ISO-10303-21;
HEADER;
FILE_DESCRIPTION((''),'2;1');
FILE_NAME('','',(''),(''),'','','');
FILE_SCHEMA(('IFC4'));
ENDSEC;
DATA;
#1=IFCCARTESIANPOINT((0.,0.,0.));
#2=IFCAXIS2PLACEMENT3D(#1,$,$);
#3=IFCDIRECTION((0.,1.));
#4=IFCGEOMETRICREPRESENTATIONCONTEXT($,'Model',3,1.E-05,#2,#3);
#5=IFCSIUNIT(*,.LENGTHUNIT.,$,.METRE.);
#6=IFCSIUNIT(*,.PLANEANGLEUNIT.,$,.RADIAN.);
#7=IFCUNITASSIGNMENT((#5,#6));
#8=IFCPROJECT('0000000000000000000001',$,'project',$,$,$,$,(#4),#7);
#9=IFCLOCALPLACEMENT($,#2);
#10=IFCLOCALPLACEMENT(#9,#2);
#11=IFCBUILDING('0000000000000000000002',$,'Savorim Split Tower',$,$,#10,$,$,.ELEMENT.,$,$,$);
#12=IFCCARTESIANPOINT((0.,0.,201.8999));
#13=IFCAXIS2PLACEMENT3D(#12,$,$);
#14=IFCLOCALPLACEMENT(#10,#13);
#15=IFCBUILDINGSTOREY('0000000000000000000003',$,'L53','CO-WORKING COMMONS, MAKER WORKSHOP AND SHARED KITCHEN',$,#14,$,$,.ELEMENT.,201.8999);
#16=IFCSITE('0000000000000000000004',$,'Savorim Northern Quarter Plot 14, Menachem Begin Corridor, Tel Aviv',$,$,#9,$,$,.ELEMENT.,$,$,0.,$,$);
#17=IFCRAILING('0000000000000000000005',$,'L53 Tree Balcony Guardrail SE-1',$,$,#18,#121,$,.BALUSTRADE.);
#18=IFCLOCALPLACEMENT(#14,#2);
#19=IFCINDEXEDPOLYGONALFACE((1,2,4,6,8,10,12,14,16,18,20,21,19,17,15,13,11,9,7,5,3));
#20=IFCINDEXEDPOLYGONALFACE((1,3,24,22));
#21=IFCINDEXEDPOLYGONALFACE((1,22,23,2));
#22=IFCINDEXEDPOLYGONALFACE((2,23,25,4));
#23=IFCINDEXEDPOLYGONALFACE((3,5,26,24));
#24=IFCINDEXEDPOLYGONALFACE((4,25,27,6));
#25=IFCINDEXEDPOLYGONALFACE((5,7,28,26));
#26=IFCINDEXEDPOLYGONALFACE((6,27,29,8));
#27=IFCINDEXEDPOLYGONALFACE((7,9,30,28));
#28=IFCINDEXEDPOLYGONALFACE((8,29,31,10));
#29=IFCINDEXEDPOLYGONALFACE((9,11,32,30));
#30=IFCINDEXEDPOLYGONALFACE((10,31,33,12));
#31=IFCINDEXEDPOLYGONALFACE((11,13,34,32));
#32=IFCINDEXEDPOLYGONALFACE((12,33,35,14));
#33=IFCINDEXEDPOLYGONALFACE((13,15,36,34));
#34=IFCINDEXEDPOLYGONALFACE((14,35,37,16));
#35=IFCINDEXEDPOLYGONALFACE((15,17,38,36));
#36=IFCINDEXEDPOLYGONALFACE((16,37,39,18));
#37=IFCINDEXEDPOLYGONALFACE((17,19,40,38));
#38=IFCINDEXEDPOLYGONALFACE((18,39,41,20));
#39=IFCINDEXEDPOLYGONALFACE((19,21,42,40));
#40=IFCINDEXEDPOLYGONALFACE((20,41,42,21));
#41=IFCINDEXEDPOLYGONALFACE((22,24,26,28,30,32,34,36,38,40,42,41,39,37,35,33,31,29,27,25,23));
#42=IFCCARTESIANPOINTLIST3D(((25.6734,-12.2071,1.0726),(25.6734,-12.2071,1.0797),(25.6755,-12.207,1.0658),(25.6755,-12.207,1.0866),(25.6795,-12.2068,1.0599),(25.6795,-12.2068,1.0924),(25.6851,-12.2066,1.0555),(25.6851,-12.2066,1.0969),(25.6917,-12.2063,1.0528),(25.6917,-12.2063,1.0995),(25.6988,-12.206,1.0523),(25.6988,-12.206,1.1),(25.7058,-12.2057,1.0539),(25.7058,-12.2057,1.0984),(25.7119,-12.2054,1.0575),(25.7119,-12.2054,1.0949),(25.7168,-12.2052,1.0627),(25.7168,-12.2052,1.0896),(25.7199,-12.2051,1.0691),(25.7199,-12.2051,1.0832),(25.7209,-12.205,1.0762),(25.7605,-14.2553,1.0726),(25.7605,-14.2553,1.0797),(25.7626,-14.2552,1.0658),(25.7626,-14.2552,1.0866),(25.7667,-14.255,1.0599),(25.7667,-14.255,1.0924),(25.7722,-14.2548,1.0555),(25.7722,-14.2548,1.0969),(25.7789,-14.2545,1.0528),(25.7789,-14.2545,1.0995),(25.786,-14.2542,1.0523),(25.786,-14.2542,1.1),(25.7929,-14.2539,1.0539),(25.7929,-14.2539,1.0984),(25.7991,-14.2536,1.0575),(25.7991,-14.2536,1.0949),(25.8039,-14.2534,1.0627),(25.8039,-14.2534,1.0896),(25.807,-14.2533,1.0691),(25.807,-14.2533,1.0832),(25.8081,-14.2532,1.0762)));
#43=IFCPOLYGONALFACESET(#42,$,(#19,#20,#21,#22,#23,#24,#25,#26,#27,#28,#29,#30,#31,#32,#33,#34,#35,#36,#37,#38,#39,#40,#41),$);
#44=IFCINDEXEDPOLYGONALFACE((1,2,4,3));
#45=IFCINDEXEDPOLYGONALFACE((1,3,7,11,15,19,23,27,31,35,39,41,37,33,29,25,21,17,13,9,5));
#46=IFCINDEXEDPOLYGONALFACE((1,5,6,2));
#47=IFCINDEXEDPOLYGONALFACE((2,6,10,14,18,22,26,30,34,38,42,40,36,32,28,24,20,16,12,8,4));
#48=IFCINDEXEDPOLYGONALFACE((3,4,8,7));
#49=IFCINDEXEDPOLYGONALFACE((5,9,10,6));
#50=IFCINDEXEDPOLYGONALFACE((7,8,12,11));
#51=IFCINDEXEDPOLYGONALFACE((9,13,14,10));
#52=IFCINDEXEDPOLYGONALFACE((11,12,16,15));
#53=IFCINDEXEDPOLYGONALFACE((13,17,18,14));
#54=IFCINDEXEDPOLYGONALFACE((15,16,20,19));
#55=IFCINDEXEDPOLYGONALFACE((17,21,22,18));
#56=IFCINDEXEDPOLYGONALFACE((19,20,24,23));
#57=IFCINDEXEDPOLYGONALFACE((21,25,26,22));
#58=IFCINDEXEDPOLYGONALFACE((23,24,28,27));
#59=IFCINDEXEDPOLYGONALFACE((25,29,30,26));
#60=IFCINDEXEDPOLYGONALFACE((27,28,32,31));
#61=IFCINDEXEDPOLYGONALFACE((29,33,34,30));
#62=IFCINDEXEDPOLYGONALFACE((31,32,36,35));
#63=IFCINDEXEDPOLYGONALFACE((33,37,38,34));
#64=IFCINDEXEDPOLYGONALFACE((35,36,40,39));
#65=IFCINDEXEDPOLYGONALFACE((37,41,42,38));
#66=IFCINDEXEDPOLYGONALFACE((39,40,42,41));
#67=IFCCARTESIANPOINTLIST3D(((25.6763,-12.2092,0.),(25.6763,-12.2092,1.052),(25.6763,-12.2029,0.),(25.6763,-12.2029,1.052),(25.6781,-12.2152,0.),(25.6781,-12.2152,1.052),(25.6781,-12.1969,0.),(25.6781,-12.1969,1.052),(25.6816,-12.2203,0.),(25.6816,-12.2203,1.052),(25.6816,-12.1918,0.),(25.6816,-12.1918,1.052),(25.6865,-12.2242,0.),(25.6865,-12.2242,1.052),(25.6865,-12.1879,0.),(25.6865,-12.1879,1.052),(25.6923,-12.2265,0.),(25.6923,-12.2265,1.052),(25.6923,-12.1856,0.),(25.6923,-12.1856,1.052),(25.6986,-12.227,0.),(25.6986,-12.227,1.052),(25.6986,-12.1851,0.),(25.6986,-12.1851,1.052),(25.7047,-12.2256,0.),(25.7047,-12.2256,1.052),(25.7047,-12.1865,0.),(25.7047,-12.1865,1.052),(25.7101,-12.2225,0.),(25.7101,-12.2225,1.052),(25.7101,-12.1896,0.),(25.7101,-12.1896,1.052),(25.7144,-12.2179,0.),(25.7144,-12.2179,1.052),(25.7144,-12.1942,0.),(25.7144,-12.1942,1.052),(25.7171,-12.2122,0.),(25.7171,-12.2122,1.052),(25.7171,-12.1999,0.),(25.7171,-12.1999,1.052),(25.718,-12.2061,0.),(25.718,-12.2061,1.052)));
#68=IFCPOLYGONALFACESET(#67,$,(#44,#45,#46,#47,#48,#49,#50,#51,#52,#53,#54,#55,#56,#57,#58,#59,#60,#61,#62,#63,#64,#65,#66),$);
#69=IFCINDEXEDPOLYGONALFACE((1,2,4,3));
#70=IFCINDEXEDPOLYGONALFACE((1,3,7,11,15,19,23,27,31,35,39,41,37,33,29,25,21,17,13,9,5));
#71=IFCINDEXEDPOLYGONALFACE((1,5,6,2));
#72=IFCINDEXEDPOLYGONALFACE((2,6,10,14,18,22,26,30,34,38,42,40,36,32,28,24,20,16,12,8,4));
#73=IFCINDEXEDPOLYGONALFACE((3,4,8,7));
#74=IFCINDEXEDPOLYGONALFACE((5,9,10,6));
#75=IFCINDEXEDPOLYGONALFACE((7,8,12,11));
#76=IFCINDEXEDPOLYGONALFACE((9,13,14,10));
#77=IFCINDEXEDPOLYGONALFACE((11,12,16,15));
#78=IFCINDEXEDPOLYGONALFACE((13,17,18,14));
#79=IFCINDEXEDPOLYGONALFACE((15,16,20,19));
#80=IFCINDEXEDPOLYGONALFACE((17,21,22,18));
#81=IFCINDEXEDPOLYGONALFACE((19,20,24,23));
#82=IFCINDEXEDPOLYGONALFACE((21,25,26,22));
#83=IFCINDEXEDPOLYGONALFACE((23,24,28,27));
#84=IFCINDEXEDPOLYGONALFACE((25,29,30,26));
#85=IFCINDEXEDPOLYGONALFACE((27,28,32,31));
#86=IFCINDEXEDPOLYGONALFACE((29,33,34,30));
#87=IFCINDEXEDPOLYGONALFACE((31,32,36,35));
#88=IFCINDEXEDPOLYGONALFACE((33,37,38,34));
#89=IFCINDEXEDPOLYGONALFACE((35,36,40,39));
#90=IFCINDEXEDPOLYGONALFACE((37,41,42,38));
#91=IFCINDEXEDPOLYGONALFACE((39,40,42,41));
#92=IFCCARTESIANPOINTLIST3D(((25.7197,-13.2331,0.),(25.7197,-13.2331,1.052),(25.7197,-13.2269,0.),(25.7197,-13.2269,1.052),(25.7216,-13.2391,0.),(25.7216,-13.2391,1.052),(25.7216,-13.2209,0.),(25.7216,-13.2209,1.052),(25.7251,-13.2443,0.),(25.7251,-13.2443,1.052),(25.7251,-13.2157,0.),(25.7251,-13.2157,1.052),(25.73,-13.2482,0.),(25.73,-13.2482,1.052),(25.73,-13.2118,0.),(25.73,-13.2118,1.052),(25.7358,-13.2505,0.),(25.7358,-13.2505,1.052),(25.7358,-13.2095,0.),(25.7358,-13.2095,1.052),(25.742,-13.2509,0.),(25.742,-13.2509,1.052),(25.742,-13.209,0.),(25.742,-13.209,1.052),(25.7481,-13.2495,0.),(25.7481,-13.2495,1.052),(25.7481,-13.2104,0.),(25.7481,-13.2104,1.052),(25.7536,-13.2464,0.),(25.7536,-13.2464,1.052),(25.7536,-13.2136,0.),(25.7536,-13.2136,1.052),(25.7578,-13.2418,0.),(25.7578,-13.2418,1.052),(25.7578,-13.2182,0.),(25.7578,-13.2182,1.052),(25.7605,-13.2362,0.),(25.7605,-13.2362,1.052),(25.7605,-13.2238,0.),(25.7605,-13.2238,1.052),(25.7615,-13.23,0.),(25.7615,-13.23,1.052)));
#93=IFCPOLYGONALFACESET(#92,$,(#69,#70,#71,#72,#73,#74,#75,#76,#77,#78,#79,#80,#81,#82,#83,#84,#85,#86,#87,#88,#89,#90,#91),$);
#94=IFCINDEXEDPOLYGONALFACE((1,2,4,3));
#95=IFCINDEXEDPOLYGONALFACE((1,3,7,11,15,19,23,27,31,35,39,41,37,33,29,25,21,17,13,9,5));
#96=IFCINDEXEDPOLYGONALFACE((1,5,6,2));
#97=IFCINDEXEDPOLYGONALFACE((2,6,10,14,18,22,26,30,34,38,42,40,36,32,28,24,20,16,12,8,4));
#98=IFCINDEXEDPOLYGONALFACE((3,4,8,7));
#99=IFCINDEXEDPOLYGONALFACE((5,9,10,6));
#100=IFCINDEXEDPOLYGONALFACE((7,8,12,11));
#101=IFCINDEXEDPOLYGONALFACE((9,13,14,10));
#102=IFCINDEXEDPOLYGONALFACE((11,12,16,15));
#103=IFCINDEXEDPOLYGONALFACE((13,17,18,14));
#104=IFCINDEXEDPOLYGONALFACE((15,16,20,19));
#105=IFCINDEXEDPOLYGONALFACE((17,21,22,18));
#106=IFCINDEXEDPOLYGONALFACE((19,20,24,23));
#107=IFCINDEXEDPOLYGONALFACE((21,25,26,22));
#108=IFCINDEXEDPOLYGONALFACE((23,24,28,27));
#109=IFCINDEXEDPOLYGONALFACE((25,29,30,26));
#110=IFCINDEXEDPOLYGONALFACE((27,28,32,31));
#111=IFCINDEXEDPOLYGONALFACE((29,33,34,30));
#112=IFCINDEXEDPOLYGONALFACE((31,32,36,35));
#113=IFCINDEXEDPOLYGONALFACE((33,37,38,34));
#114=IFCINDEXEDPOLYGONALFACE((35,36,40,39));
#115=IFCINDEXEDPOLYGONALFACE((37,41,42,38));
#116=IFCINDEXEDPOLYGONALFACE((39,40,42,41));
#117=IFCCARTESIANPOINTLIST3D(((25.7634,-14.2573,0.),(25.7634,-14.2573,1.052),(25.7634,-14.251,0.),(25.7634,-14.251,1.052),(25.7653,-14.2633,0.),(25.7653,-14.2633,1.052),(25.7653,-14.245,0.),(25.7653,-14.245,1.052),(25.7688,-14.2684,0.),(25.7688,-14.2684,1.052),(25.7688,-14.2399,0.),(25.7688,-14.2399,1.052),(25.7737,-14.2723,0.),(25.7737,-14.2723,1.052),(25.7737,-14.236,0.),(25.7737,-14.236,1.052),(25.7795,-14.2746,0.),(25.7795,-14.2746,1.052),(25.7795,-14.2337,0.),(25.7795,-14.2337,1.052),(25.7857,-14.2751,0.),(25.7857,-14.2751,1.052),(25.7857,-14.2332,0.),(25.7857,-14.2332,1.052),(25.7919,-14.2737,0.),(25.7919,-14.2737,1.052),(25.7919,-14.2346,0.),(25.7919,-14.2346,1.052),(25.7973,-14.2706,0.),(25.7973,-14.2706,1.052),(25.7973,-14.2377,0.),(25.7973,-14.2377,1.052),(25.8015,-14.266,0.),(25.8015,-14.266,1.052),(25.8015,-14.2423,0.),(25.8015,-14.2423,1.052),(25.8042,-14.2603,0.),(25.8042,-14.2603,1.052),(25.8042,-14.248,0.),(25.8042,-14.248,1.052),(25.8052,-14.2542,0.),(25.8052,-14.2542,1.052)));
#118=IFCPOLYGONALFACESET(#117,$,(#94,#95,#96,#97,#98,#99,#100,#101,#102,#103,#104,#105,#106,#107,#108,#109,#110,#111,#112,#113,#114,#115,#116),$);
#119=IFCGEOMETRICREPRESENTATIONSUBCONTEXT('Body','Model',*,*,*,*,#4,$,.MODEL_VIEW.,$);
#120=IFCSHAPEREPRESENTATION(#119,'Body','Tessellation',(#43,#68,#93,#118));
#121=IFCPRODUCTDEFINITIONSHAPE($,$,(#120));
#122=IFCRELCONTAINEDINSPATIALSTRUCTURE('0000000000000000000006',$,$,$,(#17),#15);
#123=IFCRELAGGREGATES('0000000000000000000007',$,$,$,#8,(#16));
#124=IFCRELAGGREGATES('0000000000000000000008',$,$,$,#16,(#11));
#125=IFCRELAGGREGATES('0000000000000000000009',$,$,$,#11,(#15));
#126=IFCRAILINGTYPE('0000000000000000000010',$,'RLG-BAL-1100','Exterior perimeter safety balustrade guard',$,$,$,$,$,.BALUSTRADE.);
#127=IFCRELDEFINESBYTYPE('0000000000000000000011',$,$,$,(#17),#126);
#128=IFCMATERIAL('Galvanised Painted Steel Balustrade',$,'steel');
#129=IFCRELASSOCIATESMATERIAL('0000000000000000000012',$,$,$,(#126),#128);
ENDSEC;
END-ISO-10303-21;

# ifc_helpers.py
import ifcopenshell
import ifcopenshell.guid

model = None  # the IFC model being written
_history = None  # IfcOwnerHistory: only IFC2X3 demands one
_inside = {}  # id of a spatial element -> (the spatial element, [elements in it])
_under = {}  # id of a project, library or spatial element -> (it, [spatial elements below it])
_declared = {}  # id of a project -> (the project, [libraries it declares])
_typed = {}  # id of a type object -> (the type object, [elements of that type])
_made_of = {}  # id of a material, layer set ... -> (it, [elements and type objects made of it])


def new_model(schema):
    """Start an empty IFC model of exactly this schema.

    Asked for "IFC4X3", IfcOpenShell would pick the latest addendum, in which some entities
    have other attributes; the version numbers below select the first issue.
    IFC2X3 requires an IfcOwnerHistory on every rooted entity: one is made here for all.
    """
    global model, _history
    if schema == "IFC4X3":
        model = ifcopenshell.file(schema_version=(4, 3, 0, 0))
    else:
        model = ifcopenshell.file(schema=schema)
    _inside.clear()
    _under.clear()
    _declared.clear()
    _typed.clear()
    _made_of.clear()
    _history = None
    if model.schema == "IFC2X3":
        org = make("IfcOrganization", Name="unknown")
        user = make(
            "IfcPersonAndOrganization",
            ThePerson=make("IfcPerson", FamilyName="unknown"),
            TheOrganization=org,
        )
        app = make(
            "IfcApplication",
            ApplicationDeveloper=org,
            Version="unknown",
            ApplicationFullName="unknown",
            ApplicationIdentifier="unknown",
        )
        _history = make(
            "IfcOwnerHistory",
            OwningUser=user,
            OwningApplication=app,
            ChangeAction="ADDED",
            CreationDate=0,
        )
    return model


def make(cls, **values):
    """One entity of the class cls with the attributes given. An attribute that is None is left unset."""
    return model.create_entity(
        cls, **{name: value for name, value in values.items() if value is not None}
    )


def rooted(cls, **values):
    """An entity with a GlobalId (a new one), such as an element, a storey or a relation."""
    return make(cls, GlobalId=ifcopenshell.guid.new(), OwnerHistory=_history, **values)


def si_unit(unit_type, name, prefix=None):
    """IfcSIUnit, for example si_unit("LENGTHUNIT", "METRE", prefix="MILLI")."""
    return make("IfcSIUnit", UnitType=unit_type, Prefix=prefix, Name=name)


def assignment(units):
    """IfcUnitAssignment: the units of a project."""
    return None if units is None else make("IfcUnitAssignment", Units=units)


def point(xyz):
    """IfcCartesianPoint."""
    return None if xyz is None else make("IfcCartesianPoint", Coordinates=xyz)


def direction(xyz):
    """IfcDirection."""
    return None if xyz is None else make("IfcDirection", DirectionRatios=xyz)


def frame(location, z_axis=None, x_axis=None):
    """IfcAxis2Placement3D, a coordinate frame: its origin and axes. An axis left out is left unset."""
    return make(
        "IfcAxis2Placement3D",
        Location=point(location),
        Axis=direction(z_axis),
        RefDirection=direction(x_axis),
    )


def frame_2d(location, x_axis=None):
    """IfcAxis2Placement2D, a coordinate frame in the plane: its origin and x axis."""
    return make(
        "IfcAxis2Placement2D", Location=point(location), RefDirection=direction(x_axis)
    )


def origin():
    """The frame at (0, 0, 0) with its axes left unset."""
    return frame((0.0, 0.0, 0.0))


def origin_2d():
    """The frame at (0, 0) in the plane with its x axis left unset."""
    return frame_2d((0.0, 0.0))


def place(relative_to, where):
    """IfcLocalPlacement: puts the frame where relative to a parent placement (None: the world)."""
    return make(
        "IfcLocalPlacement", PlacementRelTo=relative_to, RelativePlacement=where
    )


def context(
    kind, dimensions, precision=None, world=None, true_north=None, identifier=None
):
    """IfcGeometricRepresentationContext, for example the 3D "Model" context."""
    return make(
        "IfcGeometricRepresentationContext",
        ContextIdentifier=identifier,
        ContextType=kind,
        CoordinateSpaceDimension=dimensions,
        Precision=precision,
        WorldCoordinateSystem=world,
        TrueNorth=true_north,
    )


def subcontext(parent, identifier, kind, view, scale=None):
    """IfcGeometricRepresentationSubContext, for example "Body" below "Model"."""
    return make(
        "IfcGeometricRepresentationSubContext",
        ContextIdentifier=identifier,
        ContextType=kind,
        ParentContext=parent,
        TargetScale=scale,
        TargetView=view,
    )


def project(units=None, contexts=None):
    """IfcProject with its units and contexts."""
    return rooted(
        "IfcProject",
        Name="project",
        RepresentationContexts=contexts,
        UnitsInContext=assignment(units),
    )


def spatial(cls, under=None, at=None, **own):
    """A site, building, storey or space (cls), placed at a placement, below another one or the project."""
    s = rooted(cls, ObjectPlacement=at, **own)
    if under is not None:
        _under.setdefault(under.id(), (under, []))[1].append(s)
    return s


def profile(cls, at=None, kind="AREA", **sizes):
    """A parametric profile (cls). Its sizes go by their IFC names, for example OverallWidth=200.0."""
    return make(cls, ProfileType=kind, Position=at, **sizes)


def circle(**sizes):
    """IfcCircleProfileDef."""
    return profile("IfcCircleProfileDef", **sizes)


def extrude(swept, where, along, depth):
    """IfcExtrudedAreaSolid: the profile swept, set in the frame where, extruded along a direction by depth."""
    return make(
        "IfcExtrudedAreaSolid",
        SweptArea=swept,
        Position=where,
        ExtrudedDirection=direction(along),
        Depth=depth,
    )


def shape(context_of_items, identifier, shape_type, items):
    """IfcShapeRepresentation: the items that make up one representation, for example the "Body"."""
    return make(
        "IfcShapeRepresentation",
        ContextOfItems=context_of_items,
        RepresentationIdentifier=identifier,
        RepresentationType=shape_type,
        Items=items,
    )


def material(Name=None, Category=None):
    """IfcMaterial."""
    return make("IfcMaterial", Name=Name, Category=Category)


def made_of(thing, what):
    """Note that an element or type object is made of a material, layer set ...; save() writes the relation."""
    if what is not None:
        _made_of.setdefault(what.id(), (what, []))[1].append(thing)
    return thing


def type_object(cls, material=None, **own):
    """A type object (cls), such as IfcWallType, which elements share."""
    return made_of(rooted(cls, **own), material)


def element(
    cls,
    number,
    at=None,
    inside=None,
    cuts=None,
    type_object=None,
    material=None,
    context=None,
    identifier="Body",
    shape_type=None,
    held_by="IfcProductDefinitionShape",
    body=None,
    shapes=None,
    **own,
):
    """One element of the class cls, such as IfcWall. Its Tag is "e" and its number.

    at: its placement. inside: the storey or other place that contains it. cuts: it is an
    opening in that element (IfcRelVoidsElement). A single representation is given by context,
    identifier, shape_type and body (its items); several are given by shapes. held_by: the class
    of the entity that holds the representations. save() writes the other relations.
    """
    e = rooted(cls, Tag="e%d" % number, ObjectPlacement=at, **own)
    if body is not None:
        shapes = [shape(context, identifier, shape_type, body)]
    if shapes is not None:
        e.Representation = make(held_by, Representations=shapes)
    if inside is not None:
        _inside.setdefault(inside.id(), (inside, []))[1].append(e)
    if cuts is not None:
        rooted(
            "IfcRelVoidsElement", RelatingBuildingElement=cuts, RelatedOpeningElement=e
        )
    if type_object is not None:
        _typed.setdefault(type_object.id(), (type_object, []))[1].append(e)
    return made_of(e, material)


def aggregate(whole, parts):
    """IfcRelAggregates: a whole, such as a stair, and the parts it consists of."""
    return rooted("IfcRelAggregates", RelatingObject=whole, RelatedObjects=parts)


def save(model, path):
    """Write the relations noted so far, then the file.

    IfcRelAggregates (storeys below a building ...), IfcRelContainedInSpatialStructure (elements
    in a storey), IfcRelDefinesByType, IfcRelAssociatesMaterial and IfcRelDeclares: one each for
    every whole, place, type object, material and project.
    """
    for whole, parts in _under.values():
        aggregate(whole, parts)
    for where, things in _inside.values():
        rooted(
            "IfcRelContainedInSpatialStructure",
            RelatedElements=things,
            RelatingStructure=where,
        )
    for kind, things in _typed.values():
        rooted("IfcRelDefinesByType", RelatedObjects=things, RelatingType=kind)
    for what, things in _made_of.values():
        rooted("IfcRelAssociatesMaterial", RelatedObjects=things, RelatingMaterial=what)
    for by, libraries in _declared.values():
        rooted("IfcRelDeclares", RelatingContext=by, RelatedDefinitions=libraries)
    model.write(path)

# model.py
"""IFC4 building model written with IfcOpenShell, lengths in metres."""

from ifc_helpers import new_model, si_unit, direction, frame, origin, origin_2d, place, context, subcontext, project, spatial, circle, extrude, material, type_object, element, save


model = new_model("IFC4")

# Units and contexts
model_context = context("Model", 3, precision=1e-05, world=origin(), true_north=direction((0.0, 1.0)))
body_context = subcontext(model_context, "Body", "Model", "MODEL_VIEW")
ifc_project = project(units=[si_unit("LENGTHUNIT", "METRE"), si_unit("PLANEANGLEUNIT", "RADIAN")], contexts=[model_context])

# Site, building, storey
site_placement = place(None, origin())
site = spatial("IfcSite", under=ifc_project, at=site_placement, Name="Savorim Northern Quarter Plot 14, Menachem Begin Corridor, Tel Aviv", CompositionType="ELEMENT", RefElevation=0.0)
building_placement = place(site_placement, origin())
building = spatial("IfcBuilding", under=site, at=building_placement, Name="Savorim Split Tower", CompositionType="ELEMENT")
storey_placement = place(building_placement, frame((0.0, 0.0, 201.8999)))
storey = spatial("IfcBuildingStorey", under=building, at=storey_placement, Name="L53", Description="CO-WORKING COMMONS, MAKER WORKSHOP AND SHARED KITCHEN", CompositionType="ELEMENT", Elevation=201.8999)

# Railing
ifc_material_1 = material(Name="Galvanised Painted Steel Balustrade", Category="steel")
railing_type = type_object("IfcRailingType", Name="RLG-BAL-1100", Description="Exterior perimeter safety balustrade guard", PredefinedType="BALUSTRADE", material=ifc_material_1)
railing_placement = place(storey_placement, frame((25.697, -12.2061, 0.0)))
element("IfcRailing", 1, at=railing_placement, inside=storey, type_object=railing_type, Name="L53 Tree Balcony Guardrail SE-1", PredefinedType="BALUSTRADE", context=body_context, shape_type="SweptSolid", body=[
    extrude(circle(Radius=0.0239, at=origin_2d()), frame((0.0, 0.0, 1.0762), z_axis=(0.042517, -0.999096, 0.0), x_axis=(0.999096, 0.042517, 0.0)), (0.0, 0.0, 1.0), 2.05),
    extrude(circle(Radius=0.021, at=origin_2d()), origin(), (0.0, 0.0, 1.0), 1.052),
    extrude(circle(Radius=0.021, at=origin_2d()), frame((0.0435, -1.0239, 0.0)), (0.0, 0.0, 1.0), 1.052),
    extrude(circle(Radius=0.021, at=origin_2d()), frame((0.0872, -2.0481, 0.0)), (0.0, 0.0, 1.0), 1.052),
])

save(model, "model.ifc")
